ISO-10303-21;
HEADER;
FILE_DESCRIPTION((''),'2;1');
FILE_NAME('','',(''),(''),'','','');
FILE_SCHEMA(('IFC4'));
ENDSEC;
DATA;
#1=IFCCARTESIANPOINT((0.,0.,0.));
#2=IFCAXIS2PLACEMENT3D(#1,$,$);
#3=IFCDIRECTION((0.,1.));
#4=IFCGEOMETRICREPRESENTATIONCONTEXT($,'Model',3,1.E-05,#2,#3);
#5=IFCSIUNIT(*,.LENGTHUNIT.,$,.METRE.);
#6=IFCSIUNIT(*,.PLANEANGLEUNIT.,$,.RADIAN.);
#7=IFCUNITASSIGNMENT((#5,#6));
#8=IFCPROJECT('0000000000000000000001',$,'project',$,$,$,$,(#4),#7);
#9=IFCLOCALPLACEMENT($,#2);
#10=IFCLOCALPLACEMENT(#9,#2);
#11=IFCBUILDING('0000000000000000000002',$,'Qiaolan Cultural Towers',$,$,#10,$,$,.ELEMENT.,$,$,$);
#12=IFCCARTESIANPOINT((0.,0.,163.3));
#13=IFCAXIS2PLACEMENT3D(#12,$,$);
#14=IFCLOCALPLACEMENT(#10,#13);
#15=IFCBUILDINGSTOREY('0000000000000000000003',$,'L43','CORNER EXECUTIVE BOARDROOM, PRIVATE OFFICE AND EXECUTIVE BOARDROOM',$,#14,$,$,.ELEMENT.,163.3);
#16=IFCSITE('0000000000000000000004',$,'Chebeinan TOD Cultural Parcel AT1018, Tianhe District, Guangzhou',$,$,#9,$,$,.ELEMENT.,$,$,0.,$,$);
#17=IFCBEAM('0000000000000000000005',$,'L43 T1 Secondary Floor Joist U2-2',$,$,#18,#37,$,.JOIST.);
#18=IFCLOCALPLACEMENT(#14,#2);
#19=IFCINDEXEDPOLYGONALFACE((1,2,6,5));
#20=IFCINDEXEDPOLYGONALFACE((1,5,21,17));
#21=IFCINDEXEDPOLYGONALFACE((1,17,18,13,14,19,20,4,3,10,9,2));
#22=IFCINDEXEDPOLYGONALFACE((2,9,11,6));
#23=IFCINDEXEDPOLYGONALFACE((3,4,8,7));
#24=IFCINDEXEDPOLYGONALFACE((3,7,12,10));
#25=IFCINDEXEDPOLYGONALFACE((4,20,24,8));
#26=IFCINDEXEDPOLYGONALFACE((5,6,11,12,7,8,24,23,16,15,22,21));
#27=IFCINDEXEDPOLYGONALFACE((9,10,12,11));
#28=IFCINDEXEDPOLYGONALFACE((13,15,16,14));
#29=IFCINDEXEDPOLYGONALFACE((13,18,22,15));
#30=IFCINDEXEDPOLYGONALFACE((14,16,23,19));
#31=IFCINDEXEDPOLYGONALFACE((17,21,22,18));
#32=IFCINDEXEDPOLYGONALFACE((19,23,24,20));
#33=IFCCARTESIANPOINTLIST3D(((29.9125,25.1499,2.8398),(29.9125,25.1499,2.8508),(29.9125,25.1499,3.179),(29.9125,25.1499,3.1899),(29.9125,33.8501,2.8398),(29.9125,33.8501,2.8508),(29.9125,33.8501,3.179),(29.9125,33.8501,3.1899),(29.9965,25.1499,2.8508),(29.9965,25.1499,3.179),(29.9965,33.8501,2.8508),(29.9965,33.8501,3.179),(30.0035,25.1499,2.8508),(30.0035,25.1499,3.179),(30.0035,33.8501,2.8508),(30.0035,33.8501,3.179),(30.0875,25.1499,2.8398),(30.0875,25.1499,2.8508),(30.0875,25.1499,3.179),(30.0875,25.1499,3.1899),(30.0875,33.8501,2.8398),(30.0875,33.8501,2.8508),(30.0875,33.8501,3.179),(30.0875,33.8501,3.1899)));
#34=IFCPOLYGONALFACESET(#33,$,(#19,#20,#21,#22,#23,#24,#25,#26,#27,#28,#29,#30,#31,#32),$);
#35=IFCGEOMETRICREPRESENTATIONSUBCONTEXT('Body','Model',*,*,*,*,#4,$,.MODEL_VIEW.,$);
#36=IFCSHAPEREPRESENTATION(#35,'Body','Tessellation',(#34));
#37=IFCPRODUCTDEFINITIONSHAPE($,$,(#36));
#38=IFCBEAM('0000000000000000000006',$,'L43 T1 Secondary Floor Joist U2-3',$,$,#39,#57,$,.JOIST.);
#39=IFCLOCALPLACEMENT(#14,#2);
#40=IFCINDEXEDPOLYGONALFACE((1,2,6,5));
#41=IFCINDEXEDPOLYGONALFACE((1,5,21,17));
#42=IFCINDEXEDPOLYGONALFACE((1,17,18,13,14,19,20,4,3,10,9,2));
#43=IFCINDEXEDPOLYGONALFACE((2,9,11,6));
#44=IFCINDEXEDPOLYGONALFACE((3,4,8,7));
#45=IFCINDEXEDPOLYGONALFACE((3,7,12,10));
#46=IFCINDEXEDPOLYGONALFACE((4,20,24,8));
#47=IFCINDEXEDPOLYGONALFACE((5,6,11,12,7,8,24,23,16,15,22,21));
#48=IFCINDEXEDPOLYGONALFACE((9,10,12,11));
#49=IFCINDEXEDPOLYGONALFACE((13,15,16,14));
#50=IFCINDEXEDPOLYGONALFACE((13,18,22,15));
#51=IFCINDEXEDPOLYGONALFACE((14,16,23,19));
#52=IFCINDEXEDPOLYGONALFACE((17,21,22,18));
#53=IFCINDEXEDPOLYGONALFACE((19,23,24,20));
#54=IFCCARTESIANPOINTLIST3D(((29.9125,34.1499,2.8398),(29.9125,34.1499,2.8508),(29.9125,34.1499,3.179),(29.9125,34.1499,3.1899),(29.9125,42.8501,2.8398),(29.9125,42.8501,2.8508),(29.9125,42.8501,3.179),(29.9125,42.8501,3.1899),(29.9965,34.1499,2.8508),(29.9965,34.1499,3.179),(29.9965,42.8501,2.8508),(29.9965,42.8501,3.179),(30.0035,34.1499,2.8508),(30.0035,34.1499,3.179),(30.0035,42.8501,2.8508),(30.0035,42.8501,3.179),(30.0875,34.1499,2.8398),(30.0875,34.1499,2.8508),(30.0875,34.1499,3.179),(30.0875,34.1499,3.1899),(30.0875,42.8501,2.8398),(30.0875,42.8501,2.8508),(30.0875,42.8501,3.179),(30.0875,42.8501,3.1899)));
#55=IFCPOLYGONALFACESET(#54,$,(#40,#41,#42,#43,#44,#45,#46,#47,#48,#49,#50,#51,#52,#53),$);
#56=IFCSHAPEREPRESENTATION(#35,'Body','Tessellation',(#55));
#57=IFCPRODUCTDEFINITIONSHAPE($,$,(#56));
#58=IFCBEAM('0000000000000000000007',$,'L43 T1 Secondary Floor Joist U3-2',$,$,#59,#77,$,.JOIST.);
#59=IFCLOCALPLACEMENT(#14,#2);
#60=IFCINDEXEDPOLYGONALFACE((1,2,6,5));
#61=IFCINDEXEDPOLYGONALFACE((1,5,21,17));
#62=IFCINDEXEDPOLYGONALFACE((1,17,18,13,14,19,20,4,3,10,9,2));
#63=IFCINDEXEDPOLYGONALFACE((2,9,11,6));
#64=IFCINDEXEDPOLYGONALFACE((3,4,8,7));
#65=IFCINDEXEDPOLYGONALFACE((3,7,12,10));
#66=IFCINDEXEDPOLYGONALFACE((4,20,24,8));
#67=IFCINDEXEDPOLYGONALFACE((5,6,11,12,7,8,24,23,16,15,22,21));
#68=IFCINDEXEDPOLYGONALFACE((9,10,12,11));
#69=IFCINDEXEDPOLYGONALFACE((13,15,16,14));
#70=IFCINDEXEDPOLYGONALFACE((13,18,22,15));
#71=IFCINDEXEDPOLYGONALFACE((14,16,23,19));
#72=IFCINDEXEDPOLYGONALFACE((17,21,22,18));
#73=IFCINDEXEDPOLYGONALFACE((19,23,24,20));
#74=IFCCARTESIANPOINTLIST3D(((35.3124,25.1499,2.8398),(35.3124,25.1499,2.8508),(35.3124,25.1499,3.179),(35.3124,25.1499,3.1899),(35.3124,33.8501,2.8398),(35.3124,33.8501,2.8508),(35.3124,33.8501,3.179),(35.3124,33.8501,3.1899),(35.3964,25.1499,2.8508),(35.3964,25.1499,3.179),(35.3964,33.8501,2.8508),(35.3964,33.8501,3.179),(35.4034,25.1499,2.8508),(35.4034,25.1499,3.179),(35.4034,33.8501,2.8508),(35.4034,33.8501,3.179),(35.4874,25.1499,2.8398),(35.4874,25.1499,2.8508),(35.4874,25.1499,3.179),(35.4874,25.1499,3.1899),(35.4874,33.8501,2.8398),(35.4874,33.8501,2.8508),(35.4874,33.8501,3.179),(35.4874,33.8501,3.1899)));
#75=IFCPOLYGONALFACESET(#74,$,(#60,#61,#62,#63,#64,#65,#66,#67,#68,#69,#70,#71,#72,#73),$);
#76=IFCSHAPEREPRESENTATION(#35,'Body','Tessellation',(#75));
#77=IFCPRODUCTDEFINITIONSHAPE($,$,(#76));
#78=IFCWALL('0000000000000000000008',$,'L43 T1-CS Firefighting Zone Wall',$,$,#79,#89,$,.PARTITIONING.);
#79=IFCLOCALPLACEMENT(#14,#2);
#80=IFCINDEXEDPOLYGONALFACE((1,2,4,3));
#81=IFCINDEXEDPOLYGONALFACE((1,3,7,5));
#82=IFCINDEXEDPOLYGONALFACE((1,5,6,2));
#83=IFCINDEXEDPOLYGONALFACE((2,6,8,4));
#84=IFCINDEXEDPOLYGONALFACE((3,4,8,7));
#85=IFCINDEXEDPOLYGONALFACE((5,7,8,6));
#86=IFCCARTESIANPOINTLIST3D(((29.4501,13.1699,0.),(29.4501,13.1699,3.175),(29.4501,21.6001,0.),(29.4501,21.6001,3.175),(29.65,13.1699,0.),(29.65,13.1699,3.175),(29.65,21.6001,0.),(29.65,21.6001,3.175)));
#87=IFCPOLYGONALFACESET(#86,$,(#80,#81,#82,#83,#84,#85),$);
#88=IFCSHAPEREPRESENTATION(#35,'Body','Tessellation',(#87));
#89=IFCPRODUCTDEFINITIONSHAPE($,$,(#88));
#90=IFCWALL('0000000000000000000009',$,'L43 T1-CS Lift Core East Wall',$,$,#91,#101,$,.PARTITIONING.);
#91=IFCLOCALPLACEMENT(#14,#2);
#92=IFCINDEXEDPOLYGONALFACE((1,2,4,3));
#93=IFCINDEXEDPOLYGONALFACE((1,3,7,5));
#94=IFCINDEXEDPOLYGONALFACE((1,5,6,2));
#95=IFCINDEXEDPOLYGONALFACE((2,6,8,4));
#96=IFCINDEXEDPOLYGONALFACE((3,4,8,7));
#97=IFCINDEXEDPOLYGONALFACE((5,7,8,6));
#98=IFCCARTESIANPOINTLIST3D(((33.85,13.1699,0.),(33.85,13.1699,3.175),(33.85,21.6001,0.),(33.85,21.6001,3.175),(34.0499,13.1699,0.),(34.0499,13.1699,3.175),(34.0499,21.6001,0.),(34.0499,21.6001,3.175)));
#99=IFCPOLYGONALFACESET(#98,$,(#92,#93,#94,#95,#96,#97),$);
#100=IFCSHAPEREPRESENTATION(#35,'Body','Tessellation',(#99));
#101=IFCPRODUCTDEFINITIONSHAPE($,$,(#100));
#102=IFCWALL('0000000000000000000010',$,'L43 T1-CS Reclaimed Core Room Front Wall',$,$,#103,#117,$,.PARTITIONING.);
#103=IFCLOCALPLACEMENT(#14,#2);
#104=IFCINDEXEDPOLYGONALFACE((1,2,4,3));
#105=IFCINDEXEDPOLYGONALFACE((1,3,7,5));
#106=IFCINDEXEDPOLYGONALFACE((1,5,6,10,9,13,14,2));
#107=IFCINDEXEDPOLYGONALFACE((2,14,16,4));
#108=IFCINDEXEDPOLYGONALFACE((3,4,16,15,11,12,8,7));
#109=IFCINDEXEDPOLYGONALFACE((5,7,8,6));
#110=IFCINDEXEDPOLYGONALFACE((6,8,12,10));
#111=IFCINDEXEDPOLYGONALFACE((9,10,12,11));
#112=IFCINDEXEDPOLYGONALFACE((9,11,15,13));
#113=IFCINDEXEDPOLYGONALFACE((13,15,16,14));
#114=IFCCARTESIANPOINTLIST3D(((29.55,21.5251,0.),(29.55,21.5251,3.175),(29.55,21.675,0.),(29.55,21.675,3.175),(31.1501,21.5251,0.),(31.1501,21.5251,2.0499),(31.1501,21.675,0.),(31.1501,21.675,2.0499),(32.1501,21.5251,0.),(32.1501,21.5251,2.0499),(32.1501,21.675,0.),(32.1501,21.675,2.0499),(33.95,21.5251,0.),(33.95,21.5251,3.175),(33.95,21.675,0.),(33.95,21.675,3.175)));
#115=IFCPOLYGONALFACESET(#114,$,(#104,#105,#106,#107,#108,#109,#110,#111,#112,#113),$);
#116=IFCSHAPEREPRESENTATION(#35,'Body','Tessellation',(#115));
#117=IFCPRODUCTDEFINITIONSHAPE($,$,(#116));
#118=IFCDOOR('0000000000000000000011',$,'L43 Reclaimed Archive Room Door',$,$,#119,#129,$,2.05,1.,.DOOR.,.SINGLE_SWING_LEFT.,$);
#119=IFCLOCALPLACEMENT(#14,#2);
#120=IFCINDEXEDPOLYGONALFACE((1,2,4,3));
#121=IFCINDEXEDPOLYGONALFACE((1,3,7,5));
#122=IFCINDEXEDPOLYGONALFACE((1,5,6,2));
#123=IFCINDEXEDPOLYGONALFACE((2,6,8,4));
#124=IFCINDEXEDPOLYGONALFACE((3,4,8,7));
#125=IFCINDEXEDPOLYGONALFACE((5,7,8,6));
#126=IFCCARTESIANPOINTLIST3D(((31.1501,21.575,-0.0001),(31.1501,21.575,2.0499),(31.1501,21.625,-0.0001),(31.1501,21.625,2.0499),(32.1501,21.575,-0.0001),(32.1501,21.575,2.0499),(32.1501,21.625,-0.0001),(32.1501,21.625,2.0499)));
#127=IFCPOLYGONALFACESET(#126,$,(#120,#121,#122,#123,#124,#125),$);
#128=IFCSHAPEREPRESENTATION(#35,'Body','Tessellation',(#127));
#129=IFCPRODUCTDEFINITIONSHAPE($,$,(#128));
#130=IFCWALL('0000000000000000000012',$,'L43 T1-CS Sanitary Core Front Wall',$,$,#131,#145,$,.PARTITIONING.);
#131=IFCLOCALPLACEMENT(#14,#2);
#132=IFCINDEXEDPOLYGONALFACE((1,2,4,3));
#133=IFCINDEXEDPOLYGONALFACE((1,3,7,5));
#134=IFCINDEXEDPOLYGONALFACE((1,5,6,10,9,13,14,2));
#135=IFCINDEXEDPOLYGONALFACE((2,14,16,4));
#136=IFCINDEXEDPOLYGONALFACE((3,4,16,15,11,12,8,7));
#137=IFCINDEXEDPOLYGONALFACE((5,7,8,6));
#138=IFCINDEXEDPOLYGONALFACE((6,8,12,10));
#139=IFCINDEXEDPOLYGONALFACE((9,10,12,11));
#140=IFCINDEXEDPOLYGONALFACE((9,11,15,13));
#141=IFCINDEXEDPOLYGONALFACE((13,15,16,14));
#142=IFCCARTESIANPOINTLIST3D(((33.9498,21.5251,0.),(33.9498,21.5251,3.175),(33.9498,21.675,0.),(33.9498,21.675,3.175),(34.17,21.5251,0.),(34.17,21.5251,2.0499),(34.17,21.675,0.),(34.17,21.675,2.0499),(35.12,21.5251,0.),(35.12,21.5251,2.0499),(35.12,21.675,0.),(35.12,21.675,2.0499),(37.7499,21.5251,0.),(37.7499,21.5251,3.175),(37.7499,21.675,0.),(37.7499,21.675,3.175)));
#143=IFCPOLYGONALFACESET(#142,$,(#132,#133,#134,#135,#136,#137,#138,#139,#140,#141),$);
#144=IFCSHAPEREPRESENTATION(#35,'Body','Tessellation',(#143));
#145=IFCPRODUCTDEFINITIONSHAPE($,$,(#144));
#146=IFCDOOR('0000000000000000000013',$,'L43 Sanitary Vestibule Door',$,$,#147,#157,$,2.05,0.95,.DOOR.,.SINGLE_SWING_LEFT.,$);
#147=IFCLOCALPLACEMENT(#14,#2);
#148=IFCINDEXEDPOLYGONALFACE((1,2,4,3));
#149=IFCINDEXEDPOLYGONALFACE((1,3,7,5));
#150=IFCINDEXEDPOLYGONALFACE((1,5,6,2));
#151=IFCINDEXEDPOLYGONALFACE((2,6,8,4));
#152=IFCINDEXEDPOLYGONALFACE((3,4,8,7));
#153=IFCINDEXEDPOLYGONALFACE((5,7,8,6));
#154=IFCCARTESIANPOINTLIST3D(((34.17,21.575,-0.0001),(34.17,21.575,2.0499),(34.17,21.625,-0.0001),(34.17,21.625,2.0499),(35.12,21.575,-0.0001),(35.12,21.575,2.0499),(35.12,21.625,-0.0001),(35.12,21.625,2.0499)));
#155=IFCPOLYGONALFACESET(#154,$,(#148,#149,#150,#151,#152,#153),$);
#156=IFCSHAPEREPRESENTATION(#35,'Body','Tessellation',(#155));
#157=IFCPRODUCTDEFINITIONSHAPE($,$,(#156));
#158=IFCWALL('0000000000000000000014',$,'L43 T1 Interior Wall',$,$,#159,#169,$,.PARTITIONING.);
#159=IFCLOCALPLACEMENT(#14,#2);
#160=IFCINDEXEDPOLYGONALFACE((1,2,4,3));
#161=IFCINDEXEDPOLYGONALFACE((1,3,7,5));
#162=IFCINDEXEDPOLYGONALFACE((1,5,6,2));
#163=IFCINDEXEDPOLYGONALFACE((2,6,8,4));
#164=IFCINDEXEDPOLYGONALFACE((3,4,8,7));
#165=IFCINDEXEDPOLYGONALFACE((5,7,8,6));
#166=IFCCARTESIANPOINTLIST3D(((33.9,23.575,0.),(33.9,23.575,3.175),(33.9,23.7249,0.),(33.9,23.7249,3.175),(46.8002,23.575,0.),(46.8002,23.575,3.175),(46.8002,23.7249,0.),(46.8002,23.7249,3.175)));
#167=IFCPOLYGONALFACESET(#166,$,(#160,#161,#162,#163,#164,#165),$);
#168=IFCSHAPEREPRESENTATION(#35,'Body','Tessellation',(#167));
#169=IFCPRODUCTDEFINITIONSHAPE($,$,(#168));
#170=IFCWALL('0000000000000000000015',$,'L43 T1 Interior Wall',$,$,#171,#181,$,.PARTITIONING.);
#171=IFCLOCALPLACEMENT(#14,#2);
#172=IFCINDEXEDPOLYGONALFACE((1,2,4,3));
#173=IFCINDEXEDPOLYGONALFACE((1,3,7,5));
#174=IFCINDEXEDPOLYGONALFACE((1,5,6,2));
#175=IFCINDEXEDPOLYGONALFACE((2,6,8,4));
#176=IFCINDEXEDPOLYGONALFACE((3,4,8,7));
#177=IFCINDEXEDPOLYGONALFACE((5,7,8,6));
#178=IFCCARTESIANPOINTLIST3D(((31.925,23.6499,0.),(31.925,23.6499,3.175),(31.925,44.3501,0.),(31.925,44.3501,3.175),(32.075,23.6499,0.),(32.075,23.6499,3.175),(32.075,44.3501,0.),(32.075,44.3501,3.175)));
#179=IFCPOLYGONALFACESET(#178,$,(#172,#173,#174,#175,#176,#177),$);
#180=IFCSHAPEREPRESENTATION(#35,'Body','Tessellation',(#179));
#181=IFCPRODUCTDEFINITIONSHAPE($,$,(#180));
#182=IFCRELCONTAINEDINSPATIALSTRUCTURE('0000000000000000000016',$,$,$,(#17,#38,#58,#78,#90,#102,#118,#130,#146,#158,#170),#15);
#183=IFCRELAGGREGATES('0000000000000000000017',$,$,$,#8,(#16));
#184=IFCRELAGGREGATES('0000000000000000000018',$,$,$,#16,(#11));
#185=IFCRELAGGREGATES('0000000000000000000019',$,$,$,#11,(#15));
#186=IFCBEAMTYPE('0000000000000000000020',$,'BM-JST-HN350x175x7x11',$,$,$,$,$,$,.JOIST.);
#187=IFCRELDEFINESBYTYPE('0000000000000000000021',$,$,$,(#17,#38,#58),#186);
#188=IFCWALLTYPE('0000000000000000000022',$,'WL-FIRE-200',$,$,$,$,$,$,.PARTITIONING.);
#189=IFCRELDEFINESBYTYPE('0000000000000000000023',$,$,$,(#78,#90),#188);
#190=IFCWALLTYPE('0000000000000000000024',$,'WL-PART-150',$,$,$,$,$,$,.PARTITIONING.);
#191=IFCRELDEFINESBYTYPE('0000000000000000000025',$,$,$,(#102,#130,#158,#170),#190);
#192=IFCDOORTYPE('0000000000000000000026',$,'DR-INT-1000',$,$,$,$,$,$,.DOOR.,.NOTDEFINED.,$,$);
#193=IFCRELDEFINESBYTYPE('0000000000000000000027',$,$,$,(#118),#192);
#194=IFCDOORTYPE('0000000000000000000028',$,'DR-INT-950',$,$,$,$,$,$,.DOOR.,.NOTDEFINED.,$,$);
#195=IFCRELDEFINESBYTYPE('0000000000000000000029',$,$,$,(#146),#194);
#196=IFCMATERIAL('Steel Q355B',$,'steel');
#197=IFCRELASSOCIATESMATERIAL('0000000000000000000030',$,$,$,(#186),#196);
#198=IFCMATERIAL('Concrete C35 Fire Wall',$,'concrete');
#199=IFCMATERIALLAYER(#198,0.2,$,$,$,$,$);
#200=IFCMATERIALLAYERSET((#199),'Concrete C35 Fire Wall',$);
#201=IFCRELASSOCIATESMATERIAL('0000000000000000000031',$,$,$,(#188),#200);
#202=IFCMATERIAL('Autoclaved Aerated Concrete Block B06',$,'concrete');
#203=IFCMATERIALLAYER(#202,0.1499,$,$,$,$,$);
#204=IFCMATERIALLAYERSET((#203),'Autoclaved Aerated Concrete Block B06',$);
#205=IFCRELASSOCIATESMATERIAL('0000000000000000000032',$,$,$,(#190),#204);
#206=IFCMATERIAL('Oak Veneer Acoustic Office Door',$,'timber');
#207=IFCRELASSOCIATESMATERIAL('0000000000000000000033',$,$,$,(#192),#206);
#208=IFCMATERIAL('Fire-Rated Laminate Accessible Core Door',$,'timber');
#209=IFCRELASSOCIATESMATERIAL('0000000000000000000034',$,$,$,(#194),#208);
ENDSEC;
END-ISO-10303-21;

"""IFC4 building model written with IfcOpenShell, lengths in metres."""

from ifc_helpers import new_model, si_unit, direction, frame, frame_2d, origin, origin_2d, place, context, subcontext, project, spatial, rectangle, i_section, extrude, material, layer, layer_set, material_profile, profile_set, type_object, element, fill, save


model = new_model("IFC4")

# Units and contexts
model_context = context("Model", 3, precision=1e-05, world=origin(), true_north=direction((0.0, 1.0)))
body_context = subcontext(model_context, "Body", "Model", "MODEL_VIEW")
ifc_project = project(units=[si_unit("LENGTHUNIT", "METRE"), si_unit("PLANEANGLEUNIT", "RADIAN")], contexts=[model_context])

# Site, building, storey
site_placement = place(None, origin())
site = spatial("IfcSite", under=ifc_project, at=site_placement, Name="Chebeinan TOD Cultural Parcel AT1018, Tianhe District, Guangzhou", CompositionType="ELEMENT", RefElevation=0.0)
building_placement = place(site_placement, origin())
building = spatial("IfcBuilding", under=site, at=building_placement, Name="Qiaolan Cultural Towers", CompositionType="ELEMENT")
storey_placement = place(building_placement, frame((0.0, 0.0, 163.3)))
storey = spatial("IfcBuildingStorey", under=building, at=storey_placement, Name="L43", Description="CORNER EXECUTIVE BOARDROOM, PRIVATE OFFICE AND EXECUTIVE BOARDROOM", CompositionType="ELEMENT", Elevation=163.3)

# Beams
ifc_material_1 = material(Name="Steel Q355B", Category="steel")
ifc_material_profile = material_profile(ifc_material_1, i_section(OverallWidth=0.175, OverallDepth=0.3501, WebThickness=0.0071, FlangeThickness=0.011, at=origin_2d()), Name="HN350x175x7x11")
ifc_profile_set = profile_set([ifc_material_profile], Name="Steel Q355B")
beam_type = type_object("IfcBeamType", Name="BM-JST-HN350x175x7x11", PredefinedType="JOIST", material=ifc_profile_set)
for number, where, z_axis, x_axis, name in (
    (1, (30.0, 25.1499, 3.0149), (0.0, 1.0, 0.0), (-1.0, 0.0, 0.0), "L43 T1 Secondary Floor Joist U2-2"),
    (2, (30.0, 34.1499, 3.0149), (0.0, 1.0, 0.0), (-1.0, 0.0, 0.0), "L43 T1 Secondary Floor Joist U2-3"),
    (3, (35.3999, 25.1499, 3.0149), (0.0, 1.0, 0.0), (-1.0, 0.0, 0.0), "L43 T1 Secondary Floor Joist U3-2"),
):
    element("IfcBeam", number, at=place(storey_placement, frame(where, z_axis=z_axis, x_axis=x_axis)), inside=storey, type_object=beam_type, Name=name, PredefinedType="JOIST", context=body_context, shape_type="SweptSolid", body=[
        extrude(i_section(OverallWidth=0.175, OverallDepth=0.3501, WebThickness=0.0071, FlangeThickness=0.011, at=origin_2d()), origin(), (0.0, 0.0, 1.0), 8.7002),
    ])

# Walls
ifc_material_2 = material(Name="Concrete C35 Fire Wall", Category="concrete")
ifc_layer_1 = layer(ifc_material_2, 0.2)
ifc_layer_set_1 = layer_set([ifc_layer_1], Name="Concrete C35 Fire Wall")
wall_type_1 = type_object("IfcWallType", Name="WL-FIRE-200", PredefinedType="PARTITIONING", material=ifc_layer_set_1)
for number, where, z_axis, x_axis, name in (
    (4, (29.55, 21.6001, 0.0), (0.0, 0.0, 1.0), (0.0, -1.0, 0.0), "L43 T1-CS Firefighting Zone Wall"),
    (5, (33.95, 21.6001, 0.0), (0.0, 0.0, 1.0), (0.0, -1.0, 0.0), "L43 T1-CS Lift Core East Wall"),
):
    element("IfcWall", number, at=place(storey_placement, frame(where, z_axis=z_axis, x_axis=x_axis)), inside=storey, type_object=wall_type_1, Name=name, PredefinedType="PARTITIONING", context=body_context, shape_type="SweptSolid", body=[
        extrude(rectangle(XDim=8.4302, YDim=0.2, at=frame_2d((4.2151, 0.0))), origin(), (0.0, 0.0, 1.0), 3.175),
    ])

# Walls, openings, doors
ifc_material_3 = material(Name="Autoclaved Aerated Concrete Block B06", Category="concrete")
ifc_layer_2 = layer(ifc_material_3, 0.1499)
ifc_layer_set_2 = layer_set([ifc_layer_2], Name="Autoclaved Aerated Concrete Block B06")
wall_type_2 = type_object("IfcWallType", Name="WL-PART-150", PredefinedType="PARTITIONING", material=ifc_layer_set_2)
wall_1_placement = place(storey_placement, frame((29.55, 21.6001, 0.0), z_axis=(0.0, 0.0, 1.0), x_axis=(1.0, 0.0, 0.0)))
wall_1 = element("IfcWall", 6, at=wall_1_placement, inside=storey, type_object=wall_type_2, Name="L43 T1-CS Reclaimed Core Room Front Wall", PredefinedType="PARTITIONING", context=body_context, shape_type="SweptSolid", body=[
    extrude(rectangle(XDim=4.3999, YDim=0.1499, at=frame_2d((2.2, 0.0))), origin(), (0.0, 0.0, 1.0), 3.175),
])
opening_1_placement = place(wall_1_placement, frame((1.6001, 0.0, 0.0)))
opening_1 = element("IfcOpeningElement", 7, at=opening_1_placement, cuts=wall_1, PredefinedType="OPENING", context=body_context, shape_type="SweptSolid", body=[
    extrude(rectangle(XDim=1.0, YDim=2.05, at=frame_2d((0.5, 1.0249))), frame((0.0, 0.085, 0.0), z_axis=(0.0, -1.0, 0.0), x_axis=(1.0, 0.0, 0.0)), (0.0, 0.0, 1.0), 0.1699),
])
ifc_material_4 = material(Name="Oak Veneer Acoustic Office Door", Category="timber")
door_type_1 = type_object("IfcDoorType", Name="DR-INT-1000", OperationType="NOTDEFINED", PredefinedType="DOOR", material=ifc_material_4)
door_1_placement = place(opening_1_placement, origin())
door_1 = element("IfcDoor", 8, at=door_1_placement, inside=storey, type_object=door_type_1, Name="L43 Reclaimed Archive Room Door", OperationType="SINGLE_SWING_LEFT", OverallHeight=2.05, OverallWidth=1.0, PredefinedType="DOOR", context=body_context, shape_type="SweptSolid", body=[
    extrude(rectangle(XDim=1.0, YDim=2.05, at=frame_2d((0.5, 1.0249))), frame((0.0, 0.0249, 0.0), z_axis=(0.0, -1.0, 0.0), x_axis=(1.0, 0.0, 0.0)), (0.0, 0.0, 1.0), 0.05),
])
fill(opening_1, door_1)
wall_2_placement = place(storey_placement, frame((33.95, 21.6001, 0.0), z_axis=(0.0, 0.0, 1.0), x_axis=(1.0, 0.0, 0.0)))
wall_2 = element("IfcWall", 9, at=wall_2_placement, inside=storey, type_object=wall_type_2, Name="L43 T1-CS Sanitary Core Front Wall", PredefinedType="PARTITIONING", context=body_context, shape_type="SweptSolid", body=[
    extrude(rectangle(XDim=3.8, YDim=0.1499, at=frame_2d((1.8999, 0.0))), origin(), (0.0, 0.0, 1.0), 3.175),
])
opening_2_placement = place(wall_2_placement, frame((0.22, 0.0, 0.0)))
opening_2 = element("IfcOpeningElement", 10, at=opening_2_placement, cuts=wall_2, PredefinedType="OPENING", context=body_context, shape_type="SweptSolid", body=[
    extrude(rectangle(XDim=0.95, YDim=2.05, at=frame_2d((0.4751, 1.0249))), frame((0.0, 0.085, 0.0), z_axis=(0.0, -1.0, 0.0), x_axis=(1.0, 0.0, 0.0)), (0.0, 0.0, 1.0), 0.1699),
])
ifc_material_5 = material(Name="Fire-Rated Laminate Accessible Core Door", Category="timber")
door_type_2 = type_object("IfcDoorType", Name="DR-INT-950", OperationType="NOTDEFINED", PredefinedType="DOOR", material=ifc_material_5)
door_2_placement = place(opening_2_placement, origin())
door_2 = element("IfcDoor", 11, at=door_2_placement, inside=storey, type_object=door_type_2, Name="L43 Sanitary Vestibule Door", OperationType="SINGLE_SWING_LEFT", OverallHeight=2.05, OverallWidth=0.95, PredefinedType="DOOR", context=body_context, shape_type="SweptSolid", body=[
    extrude(rectangle(XDim=0.95, YDim=2.05, at=frame_2d((0.4751, 1.0249))), frame((0.0, 0.0249, 0.0), z_axis=(0.0, -1.0, 0.0), x_axis=(1.0, 0.0, 0.0)), (0.0, 0.0, 1.0), 0.05),
])
fill(opening_2, door_2)

# Walls
wall_3_placement = place(storey_placement, frame((33.8999, 23.6499, 0.0), z_axis=(0.0, 0.0, 1.0), x_axis=(1.0, 0.0, 0.0)))
element("IfcWall", 12, at=wall_3_placement, inside=storey, type_object=wall_type_2, Name="L43 T1 Interior Wall", PredefinedType="PARTITIONING", context=body_context, shape_type="SweptSolid", body=[
    extrude(rectangle(XDim=12.9001, YDim=0.1499, at=frame_2d((6.4502, 0.0))), origin(), (0.0, 0.0, 1.0), 3.175),
])
wall_4_placement = place(storey_placement, frame((32.0, 23.6499, 0.0), z_axis=(0.0, 0.0, 1.0), x_axis=(0.0, 1.0, 0.0)))
element("IfcWall", 13, at=wall_4_placement, inside=storey, type_object=wall_type_2, Name="L43 T1 Interior Wall", PredefinedType="PARTITIONING", context=body_context, shape_type="SweptSolid", body=[
    extrude(rectangle(XDim=20.7002, YDim=0.1499, at=frame_2d((10.3501, 0.0))), origin(), (0.0, 0.0, 1.0), 3.175),
])

save(model, "model.ifc")
